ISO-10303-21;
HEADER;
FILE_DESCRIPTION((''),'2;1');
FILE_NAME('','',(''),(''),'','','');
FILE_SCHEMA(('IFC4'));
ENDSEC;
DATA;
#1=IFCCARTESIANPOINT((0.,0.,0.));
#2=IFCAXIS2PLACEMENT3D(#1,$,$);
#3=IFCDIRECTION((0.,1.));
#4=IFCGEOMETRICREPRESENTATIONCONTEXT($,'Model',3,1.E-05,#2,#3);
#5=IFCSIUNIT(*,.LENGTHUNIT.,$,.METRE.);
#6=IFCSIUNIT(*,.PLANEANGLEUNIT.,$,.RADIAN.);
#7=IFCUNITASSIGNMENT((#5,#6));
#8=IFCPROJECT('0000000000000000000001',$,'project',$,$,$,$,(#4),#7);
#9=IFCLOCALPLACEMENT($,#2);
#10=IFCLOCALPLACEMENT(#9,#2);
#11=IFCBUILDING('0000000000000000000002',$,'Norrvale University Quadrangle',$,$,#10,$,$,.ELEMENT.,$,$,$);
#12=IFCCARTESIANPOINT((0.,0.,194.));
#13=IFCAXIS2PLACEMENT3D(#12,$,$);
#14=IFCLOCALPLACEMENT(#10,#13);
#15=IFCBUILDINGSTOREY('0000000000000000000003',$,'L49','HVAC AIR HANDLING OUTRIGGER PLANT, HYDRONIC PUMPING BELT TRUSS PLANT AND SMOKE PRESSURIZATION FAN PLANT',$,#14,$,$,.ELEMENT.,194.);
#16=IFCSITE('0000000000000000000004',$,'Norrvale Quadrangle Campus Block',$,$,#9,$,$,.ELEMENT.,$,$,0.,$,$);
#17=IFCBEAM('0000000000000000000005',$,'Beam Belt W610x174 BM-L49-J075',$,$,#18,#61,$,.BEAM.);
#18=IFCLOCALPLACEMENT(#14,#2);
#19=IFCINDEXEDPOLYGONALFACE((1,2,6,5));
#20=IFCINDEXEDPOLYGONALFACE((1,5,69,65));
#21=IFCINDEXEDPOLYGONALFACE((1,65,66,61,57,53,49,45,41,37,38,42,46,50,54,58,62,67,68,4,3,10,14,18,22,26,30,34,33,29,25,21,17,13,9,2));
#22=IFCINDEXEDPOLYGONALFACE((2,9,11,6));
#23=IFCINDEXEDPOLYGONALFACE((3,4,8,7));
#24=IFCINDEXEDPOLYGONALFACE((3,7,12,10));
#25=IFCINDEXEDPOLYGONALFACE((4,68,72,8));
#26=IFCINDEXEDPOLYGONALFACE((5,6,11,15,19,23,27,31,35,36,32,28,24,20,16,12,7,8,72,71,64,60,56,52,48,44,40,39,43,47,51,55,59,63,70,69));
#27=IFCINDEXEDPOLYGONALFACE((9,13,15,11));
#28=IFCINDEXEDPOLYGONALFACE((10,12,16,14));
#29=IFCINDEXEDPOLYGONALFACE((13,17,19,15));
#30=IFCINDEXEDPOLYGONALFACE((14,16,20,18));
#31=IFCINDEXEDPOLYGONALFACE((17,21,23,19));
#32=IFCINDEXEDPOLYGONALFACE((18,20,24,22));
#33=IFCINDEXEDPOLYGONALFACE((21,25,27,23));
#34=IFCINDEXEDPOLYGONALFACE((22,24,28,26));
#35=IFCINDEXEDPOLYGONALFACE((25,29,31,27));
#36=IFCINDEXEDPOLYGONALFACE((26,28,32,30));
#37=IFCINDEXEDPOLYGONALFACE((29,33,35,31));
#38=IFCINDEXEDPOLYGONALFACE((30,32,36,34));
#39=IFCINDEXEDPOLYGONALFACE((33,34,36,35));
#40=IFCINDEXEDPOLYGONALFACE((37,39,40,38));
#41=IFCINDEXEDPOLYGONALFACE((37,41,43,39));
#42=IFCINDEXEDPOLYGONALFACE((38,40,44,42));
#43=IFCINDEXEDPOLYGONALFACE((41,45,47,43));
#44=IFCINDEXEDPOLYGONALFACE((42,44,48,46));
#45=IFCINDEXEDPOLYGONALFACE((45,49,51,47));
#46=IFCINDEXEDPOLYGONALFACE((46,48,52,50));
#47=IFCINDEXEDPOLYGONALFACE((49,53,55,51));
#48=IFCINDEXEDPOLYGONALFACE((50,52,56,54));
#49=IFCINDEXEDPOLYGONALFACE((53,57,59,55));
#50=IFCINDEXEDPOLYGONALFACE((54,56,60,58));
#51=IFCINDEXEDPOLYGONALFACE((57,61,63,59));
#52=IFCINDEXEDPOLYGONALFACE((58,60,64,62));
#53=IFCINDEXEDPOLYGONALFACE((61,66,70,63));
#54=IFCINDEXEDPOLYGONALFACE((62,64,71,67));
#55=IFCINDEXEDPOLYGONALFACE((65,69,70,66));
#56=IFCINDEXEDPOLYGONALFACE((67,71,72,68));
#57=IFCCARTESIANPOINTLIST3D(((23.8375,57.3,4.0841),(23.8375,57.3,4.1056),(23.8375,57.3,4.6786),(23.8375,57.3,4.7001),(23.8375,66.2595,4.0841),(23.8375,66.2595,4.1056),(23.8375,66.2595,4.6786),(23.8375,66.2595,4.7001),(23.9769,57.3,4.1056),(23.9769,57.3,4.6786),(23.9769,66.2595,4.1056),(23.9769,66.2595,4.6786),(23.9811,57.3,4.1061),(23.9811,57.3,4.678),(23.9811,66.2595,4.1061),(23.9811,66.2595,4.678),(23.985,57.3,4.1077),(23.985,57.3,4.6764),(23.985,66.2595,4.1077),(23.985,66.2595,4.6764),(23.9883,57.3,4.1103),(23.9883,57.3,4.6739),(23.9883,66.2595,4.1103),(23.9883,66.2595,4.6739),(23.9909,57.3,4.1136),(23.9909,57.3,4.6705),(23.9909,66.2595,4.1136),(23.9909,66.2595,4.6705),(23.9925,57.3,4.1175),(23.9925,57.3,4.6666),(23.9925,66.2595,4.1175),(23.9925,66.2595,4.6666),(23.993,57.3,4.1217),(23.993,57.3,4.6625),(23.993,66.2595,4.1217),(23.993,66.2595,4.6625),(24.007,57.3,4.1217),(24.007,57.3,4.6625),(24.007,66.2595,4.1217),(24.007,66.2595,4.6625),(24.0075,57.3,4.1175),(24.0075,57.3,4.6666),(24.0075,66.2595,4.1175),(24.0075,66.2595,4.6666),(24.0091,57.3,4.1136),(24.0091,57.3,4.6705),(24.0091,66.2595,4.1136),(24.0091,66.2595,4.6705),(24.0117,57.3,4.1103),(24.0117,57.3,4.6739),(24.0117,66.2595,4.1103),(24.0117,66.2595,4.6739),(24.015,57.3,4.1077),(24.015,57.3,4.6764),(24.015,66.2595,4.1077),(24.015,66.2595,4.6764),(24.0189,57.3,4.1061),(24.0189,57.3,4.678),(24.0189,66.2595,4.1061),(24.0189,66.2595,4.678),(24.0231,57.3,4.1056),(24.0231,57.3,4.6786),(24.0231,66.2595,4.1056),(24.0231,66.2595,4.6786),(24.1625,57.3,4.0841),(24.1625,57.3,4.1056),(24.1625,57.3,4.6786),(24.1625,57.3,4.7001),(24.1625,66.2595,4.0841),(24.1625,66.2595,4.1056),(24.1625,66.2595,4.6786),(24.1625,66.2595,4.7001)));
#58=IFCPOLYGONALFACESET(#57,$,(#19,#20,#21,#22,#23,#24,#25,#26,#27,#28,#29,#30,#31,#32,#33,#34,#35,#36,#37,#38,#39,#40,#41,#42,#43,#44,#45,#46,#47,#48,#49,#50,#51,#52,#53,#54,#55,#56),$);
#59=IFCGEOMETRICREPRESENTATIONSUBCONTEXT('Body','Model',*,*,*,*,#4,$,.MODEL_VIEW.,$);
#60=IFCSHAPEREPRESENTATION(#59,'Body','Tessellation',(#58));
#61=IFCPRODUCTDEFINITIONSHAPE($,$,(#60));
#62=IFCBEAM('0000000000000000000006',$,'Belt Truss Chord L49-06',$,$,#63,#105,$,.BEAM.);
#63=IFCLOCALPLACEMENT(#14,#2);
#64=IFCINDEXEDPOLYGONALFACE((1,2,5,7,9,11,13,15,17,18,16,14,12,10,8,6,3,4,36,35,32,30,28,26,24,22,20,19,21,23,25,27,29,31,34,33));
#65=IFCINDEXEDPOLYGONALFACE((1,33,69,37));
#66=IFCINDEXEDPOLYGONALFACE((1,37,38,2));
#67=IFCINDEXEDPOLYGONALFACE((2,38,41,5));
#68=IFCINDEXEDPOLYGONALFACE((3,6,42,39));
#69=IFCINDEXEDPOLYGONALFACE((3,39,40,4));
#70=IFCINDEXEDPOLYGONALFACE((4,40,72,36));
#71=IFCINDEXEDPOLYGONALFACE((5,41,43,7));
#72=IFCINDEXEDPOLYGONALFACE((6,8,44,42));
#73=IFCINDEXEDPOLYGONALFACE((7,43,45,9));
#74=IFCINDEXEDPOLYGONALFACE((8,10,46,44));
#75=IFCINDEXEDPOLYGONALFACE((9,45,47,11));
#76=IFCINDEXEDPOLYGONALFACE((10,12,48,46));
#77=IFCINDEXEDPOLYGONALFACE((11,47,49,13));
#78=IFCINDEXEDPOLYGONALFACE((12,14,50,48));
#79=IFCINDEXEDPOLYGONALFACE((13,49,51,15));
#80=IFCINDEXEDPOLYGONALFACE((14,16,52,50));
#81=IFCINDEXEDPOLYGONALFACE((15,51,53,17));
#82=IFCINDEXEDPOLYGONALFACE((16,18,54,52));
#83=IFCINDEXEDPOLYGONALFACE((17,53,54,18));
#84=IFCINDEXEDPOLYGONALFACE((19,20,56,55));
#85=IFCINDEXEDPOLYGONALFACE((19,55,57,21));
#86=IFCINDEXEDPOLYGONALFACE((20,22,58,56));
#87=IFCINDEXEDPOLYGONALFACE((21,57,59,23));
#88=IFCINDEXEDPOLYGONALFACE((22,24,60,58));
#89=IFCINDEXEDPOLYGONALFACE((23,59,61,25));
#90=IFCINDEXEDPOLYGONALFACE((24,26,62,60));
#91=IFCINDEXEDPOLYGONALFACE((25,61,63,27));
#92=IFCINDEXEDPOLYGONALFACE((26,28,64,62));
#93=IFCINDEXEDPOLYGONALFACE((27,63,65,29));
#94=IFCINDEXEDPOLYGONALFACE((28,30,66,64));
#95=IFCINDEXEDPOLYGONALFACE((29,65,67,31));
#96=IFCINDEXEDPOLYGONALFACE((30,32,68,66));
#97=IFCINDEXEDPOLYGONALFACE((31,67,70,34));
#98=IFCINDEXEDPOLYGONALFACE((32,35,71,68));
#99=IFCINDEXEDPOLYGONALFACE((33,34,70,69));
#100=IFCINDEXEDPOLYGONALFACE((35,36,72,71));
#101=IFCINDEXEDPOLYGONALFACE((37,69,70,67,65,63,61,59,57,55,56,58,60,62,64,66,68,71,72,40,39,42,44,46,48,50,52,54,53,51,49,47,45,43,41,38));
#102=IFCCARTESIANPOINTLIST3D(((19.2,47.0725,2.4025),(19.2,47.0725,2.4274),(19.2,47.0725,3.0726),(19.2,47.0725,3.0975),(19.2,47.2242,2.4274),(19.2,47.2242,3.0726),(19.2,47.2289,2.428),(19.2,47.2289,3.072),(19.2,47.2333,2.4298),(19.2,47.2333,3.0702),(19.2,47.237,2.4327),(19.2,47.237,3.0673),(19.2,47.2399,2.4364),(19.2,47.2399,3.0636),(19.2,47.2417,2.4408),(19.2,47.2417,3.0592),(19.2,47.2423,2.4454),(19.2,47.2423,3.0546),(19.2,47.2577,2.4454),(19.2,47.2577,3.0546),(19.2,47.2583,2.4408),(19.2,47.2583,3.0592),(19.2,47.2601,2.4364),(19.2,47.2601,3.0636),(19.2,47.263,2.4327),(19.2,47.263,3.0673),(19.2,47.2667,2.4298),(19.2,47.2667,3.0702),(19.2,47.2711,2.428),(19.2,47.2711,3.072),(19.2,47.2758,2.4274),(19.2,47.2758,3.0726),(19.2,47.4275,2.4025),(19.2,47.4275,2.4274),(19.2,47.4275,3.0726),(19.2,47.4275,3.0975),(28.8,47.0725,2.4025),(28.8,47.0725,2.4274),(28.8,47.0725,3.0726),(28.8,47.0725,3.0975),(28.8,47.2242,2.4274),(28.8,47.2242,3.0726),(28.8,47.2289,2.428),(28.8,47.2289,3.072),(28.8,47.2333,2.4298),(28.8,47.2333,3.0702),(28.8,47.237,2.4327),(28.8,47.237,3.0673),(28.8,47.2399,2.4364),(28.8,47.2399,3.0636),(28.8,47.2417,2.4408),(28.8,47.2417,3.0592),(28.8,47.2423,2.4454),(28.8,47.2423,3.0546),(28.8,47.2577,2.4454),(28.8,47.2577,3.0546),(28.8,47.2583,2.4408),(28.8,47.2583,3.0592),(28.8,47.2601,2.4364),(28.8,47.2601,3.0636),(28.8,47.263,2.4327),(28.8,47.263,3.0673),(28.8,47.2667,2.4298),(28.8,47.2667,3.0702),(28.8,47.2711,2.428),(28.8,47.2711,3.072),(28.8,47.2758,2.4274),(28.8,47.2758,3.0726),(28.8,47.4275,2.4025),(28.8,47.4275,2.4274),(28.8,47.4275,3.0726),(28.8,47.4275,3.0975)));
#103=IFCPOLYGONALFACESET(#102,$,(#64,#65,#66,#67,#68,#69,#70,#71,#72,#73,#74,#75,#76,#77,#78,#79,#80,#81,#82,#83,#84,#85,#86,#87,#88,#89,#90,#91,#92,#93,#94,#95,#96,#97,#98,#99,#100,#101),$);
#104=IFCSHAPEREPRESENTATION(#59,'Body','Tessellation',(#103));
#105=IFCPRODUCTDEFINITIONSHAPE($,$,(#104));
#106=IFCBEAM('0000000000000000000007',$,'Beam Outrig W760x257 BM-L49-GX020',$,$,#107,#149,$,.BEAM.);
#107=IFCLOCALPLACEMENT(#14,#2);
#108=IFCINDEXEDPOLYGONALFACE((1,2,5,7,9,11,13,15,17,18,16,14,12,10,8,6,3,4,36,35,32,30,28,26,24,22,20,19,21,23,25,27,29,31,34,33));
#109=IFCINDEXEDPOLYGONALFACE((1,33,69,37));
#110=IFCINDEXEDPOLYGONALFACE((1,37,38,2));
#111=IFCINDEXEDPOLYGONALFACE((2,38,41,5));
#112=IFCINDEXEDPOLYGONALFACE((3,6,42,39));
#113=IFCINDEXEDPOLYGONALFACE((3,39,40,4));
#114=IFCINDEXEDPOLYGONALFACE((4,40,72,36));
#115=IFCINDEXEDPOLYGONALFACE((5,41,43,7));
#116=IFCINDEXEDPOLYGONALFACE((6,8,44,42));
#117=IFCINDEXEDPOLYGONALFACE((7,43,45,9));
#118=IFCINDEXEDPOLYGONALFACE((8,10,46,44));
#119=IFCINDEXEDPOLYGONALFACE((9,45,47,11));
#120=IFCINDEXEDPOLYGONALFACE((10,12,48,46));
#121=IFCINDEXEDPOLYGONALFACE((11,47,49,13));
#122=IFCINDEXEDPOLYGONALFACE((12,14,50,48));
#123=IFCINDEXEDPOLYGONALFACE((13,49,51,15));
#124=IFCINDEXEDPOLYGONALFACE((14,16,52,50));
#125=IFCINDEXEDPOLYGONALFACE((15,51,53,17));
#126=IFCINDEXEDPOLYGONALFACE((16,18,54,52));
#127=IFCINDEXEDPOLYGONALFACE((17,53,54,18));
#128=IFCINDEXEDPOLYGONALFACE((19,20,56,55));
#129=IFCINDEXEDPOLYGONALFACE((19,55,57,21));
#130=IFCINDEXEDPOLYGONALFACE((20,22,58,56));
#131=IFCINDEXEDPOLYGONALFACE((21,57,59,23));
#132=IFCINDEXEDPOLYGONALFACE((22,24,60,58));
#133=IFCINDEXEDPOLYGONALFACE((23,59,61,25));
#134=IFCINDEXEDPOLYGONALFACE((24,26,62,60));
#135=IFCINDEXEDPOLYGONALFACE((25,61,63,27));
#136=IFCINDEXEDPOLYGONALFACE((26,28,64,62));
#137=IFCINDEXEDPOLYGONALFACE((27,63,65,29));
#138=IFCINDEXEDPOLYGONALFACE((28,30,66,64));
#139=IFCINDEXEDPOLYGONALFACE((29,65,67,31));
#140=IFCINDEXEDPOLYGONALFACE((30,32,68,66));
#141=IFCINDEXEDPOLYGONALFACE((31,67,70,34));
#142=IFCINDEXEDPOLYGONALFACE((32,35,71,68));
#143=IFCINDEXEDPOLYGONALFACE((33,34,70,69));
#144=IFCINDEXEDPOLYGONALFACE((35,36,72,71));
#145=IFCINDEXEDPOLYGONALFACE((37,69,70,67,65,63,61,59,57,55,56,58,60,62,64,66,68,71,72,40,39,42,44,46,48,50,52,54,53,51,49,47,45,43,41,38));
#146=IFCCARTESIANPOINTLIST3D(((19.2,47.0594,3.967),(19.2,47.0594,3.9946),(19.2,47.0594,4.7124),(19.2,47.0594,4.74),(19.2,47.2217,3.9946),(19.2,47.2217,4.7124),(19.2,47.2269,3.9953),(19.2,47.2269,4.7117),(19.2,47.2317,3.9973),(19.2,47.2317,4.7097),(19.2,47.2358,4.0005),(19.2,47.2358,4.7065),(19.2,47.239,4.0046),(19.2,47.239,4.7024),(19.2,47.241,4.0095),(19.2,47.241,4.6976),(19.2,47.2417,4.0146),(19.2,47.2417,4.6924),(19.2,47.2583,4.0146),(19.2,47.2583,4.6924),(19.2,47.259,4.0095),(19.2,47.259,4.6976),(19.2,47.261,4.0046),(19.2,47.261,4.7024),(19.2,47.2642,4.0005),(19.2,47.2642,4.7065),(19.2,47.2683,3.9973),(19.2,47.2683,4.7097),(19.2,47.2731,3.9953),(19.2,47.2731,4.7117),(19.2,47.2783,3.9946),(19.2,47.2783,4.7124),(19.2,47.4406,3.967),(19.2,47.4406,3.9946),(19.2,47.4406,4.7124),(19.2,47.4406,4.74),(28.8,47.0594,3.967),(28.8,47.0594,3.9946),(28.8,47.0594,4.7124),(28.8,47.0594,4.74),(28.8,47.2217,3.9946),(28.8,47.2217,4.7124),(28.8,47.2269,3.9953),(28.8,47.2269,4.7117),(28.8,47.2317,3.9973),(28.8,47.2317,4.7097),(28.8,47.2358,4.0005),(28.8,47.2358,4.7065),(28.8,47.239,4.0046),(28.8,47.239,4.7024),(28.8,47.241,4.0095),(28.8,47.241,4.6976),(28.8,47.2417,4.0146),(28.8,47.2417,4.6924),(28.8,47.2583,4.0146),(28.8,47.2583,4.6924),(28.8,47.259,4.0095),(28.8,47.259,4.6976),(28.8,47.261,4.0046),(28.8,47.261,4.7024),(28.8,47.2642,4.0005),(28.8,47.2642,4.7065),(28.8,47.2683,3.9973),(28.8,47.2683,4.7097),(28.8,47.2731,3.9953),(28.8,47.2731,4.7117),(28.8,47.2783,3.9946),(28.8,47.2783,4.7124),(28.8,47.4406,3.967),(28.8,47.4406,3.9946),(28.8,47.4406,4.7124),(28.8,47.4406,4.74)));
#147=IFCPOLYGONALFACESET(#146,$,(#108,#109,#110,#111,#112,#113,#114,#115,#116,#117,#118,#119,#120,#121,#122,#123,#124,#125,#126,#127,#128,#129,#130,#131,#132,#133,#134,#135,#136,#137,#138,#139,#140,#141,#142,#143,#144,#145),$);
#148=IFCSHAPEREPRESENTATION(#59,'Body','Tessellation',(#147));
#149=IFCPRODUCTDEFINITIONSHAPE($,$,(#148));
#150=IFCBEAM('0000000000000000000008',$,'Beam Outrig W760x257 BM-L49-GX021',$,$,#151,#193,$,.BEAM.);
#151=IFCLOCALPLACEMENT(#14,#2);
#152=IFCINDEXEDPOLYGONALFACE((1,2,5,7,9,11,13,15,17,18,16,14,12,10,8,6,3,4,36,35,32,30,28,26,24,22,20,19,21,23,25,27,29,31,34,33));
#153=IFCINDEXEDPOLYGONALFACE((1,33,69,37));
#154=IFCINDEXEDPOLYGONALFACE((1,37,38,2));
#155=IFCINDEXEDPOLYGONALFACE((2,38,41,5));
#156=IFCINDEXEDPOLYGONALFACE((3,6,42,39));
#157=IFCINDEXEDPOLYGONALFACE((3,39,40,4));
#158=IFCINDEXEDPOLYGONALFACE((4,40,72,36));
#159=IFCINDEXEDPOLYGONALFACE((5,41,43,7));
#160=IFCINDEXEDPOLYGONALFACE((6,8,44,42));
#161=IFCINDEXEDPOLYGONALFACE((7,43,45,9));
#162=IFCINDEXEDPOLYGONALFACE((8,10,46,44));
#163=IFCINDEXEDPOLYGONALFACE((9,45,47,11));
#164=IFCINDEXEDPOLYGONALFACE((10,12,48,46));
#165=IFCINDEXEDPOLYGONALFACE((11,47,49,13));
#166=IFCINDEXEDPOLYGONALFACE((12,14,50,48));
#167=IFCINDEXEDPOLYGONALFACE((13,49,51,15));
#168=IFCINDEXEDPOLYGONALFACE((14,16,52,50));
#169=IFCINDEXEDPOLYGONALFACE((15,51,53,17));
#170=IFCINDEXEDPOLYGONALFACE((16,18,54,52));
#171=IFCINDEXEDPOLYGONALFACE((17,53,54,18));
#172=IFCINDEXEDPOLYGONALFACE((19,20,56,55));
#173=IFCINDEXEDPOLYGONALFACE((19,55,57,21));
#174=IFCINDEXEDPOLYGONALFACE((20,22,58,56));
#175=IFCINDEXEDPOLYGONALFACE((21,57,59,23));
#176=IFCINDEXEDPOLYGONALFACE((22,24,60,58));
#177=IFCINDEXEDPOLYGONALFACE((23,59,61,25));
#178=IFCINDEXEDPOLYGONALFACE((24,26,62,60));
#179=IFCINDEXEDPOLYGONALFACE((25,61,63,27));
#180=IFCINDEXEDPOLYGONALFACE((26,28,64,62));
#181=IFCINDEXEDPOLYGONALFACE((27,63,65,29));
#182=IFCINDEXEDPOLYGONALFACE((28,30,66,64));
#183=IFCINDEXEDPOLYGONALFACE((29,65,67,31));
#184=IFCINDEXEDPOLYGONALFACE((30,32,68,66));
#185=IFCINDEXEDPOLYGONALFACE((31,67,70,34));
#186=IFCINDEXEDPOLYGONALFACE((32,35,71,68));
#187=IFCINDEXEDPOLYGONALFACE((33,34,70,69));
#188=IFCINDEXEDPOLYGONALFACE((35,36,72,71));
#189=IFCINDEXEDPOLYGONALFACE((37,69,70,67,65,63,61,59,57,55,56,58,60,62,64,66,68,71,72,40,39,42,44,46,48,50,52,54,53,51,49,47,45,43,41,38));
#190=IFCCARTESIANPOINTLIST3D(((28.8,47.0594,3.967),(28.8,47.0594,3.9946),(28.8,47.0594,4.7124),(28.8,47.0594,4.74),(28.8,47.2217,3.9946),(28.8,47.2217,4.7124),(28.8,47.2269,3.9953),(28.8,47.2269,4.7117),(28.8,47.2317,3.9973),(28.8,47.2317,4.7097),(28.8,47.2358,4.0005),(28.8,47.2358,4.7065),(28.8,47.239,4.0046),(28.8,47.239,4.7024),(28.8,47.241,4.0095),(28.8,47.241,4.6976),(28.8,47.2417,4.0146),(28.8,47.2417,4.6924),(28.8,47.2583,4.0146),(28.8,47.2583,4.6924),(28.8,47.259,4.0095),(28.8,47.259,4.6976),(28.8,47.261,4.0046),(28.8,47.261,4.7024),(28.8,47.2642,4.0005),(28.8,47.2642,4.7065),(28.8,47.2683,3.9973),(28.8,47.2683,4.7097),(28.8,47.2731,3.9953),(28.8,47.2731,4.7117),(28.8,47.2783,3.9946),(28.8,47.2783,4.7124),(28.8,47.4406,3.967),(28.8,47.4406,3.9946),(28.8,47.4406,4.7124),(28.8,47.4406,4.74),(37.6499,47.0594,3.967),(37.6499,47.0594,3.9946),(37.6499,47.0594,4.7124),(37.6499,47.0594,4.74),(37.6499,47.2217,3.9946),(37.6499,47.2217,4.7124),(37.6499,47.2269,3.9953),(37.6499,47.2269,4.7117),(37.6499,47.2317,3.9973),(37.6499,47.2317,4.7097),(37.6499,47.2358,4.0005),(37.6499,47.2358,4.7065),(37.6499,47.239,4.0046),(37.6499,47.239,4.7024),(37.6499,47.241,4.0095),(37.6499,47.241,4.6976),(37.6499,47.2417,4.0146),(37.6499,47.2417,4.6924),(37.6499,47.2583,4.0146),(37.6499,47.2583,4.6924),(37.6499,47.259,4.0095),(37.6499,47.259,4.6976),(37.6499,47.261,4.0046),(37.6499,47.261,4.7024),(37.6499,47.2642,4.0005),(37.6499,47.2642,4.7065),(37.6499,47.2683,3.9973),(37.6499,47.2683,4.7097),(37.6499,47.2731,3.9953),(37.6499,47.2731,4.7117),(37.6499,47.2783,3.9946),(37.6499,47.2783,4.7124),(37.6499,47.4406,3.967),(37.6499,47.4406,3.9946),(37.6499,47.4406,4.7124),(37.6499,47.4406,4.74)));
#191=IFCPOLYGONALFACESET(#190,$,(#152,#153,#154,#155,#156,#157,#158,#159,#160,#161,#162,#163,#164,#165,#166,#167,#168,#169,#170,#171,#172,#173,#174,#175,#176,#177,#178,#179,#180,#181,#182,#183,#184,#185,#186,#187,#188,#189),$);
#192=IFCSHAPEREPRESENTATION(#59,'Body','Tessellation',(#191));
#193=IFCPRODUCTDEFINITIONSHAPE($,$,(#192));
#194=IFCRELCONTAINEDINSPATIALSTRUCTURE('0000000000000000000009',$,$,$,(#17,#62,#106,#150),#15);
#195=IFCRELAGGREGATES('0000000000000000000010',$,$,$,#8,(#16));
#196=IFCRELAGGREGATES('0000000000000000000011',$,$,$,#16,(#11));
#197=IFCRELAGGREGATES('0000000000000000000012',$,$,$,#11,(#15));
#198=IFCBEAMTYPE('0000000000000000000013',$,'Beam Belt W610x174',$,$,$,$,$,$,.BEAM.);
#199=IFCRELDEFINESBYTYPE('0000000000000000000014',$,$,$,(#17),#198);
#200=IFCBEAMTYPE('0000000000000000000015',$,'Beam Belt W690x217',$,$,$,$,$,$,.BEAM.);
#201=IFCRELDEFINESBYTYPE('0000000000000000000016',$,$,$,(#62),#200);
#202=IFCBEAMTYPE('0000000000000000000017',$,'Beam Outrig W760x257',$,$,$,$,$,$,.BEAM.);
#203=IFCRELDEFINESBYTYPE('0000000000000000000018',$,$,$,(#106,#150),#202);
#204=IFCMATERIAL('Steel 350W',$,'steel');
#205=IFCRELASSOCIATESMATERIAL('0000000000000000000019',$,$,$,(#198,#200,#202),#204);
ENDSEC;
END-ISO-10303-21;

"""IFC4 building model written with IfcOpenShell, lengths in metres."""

from ifc_helpers import new_model, si_unit, direction, frame, origin, origin_2d, place, context, subcontext, project, spatial, i_section, extrude, material, material_profile, profile_set, type_object, element, save


model = new_model("IFC4")

# Units and contexts
model_context = context("Model", 3, precision=1e-05, world=origin(), true_north=direction((0.0, 1.0)))
body_context = subcontext(model_context, "Body", "Model", "MODEL_VIEW")
ifc_project = project(units=[si_unit("LENGTHUNIT", "METRE"), si_unit("PLANEANGLEUNIT", "RADIAN")], contexts=[model_context])

# Site, building, storey
site_placement = place(None, origin())
site = spatial("IfcSite", under=ifc_project, at=site_placement, Name="Norrvale Quadrangle Campus Block", CompositionType="ELEMENT", RefElevation=0.0)
building_placement = place(site_placement, origin())
building = spatial("IfcBuilding", under=site, at=building_placement, Name="Norrvale University Quadrangle", CompositionType="ELEMENT")
storey_placement = place(building_placement, frame((0.0, 0.0, 194.0)))
storey = spatial("IfcBuildingStorey", under=building, at=storey_placement, Name="L49", Description="HVAC AIR HANDLING OUTRIGGER PLANT, HYDRONIC PUMPING BELT TRUSS PLANT AND SMOKE PRESSURIZATION FAN PLANT", CompositionType="ELEMENT", Elevation=194.0)

# Beams
ifc_material_1 = material(Name="Steel 350W", Category="steel")
ifc_material_profile_1 = material_profile(ifc_material_1, i_section(OverallWidth=0.325, OverallDepth=0.616, WebThickness=0.0139, FlangeThickness=0.0215, FilletRadius=0.0161, at=origin_2d()), Name="Steel 350W")
ifc_profile_set_1 = profile_set([ifc_material_profile_1], Name="Steel 350W")
beam_type_1 = type_object("IfcBeamType", Name="Beam Belt W610x174", PredefinedType="BEAM", material=ifc_profile_set_1)
for number, where, z_axis, x_axis, name in (
    (1, (24.0, 57.3, 4.3921), (0.0, 1.0, 0.0), (-1.0, 0.0, 0.0), "Beam Belt W610x174 BM-L49-J075"),
):
    element("IfcBeam", number, at=place(storey_placement, frame(where, z_axis=z_axis, x_axis=x_axis)), inside=storey, type_object=beam_type_1, Name=name, PredefinedType="BEAM", context=body_context, shape_type="SweptSolid", body=[
        extrude(i_section(OverallWidth=0.325, OverallDepth=0.616, WebThickness=0.0139, FlangeThickness=0.0215, FilletRadius=0.0161, at=origin_2d()), origin(), (0.0, 0.0, 1.0), 8.9595),
    ])
ifc_material_profile_2 = material_profile(ifc_material_1, i_section(OverallWidth=0.355, OverallDepth=0.6951, WebThickness=0.0154, FlangeThickness=0.0249, FilletRadius=0.0181, at=origin_2d()), Name="Steel 350W")
ifc_profile_set_2 = profile_set([ifc_material_profile_2], Name="Steel 350W")
beam_type_2 = type_object("IfcBeamType", Name="Beam Belt W690x217", PredefinedType="BEAM", material=ifc_profile_set_2)
beam_1_placement = place(storey_placement, frame((19.2, 47.25, 2.75), z_axis=(1.0, 0.0, 0.0), x_axis=(0.0, 1.0, 0.0)))
element("IfcBeam", 2, at=beam_1_placement, inside=storey, type_object=beam_type_2, Name="Belt Truss Chord L49-06", PredefinedType="BEAM", context=body_context, shape_type="SweptSolid", body=[
    extrude(i_section(OverallWidth=0.355, OverallDepth=0.6951, WebThickness=0.0154, FlangeThickness=0.0249, FilletRadius=0.0181, at=origin_2d()), origin(), (0.0, 0.0, 1.0), 9.6001),
])
ifc_material_profile_3 = material_profile(ifc_material_1, i_section(OverallWidth=0.3811, OverallDepth=0.7729, WebThickness=0.0166, FlangeThickness=0.0276, FilletRadius=0.02, at=origin_2d()), Name="Steel 350W")
ifc_profile_set_3 = profile_set([ifc_material_profile_3], Name="Steel 350W")
beam_type_3 = type_object("IfcBeamType", Name="Beam Outrig W760x257", PredefinedType="BEAM", material=ifc_profile_set_3)
beam_2_placement = place(storey_placement, frame((19.2, 47.25, 4.3535), z_axis=(1.0, 0.0, 0.0), x_axis=(0.0, 1.0, 0.0)))
element("IfcBeam", 3, at=beam_2_placement, inside=storey, type_object=beam_type_3, Name="Beam Outrig W760x257 BM-L49-GX020", PredefinedType="BEAM", context=body_context, shape_type="SweptSolid", body=[
    extrude(i_section(OverallWidth=0.3811, OverallDepth=0.7729, WebThickness=0.0166, FlangeThickness=0.0276, FilletRadius=0.02, at=origin_2d()), origin(), (0.0, 0.0, 1.0), 9.6001),
])
beam_3_placement = place(storey_placement, frame((28.8, 47.25, 4.3535), z_axis=(1.0, 0.0, 0.0), x_axis=(0.0, 1.0, 0.0)))
element("IfcBeam", 4, at=beam_3_placement, inside=storey, type_object=beam_type_3, Name="Beam Outrig W760x257 BM-L49-GX021", PredefinedType="BEAM", context=body_context, shape_type="SweptSolid", body=[
    extrude(i_section(OverallWidth=0.3811, OverallDepth=0.7729, WebThickness=0.0166, FlangeThickness=0.0276, FilletRadius=0.02, at=origin_2d()), origin(), (0.0, 0.0, 1.0), 8.8499),
])

save(model, "model.ifc")
